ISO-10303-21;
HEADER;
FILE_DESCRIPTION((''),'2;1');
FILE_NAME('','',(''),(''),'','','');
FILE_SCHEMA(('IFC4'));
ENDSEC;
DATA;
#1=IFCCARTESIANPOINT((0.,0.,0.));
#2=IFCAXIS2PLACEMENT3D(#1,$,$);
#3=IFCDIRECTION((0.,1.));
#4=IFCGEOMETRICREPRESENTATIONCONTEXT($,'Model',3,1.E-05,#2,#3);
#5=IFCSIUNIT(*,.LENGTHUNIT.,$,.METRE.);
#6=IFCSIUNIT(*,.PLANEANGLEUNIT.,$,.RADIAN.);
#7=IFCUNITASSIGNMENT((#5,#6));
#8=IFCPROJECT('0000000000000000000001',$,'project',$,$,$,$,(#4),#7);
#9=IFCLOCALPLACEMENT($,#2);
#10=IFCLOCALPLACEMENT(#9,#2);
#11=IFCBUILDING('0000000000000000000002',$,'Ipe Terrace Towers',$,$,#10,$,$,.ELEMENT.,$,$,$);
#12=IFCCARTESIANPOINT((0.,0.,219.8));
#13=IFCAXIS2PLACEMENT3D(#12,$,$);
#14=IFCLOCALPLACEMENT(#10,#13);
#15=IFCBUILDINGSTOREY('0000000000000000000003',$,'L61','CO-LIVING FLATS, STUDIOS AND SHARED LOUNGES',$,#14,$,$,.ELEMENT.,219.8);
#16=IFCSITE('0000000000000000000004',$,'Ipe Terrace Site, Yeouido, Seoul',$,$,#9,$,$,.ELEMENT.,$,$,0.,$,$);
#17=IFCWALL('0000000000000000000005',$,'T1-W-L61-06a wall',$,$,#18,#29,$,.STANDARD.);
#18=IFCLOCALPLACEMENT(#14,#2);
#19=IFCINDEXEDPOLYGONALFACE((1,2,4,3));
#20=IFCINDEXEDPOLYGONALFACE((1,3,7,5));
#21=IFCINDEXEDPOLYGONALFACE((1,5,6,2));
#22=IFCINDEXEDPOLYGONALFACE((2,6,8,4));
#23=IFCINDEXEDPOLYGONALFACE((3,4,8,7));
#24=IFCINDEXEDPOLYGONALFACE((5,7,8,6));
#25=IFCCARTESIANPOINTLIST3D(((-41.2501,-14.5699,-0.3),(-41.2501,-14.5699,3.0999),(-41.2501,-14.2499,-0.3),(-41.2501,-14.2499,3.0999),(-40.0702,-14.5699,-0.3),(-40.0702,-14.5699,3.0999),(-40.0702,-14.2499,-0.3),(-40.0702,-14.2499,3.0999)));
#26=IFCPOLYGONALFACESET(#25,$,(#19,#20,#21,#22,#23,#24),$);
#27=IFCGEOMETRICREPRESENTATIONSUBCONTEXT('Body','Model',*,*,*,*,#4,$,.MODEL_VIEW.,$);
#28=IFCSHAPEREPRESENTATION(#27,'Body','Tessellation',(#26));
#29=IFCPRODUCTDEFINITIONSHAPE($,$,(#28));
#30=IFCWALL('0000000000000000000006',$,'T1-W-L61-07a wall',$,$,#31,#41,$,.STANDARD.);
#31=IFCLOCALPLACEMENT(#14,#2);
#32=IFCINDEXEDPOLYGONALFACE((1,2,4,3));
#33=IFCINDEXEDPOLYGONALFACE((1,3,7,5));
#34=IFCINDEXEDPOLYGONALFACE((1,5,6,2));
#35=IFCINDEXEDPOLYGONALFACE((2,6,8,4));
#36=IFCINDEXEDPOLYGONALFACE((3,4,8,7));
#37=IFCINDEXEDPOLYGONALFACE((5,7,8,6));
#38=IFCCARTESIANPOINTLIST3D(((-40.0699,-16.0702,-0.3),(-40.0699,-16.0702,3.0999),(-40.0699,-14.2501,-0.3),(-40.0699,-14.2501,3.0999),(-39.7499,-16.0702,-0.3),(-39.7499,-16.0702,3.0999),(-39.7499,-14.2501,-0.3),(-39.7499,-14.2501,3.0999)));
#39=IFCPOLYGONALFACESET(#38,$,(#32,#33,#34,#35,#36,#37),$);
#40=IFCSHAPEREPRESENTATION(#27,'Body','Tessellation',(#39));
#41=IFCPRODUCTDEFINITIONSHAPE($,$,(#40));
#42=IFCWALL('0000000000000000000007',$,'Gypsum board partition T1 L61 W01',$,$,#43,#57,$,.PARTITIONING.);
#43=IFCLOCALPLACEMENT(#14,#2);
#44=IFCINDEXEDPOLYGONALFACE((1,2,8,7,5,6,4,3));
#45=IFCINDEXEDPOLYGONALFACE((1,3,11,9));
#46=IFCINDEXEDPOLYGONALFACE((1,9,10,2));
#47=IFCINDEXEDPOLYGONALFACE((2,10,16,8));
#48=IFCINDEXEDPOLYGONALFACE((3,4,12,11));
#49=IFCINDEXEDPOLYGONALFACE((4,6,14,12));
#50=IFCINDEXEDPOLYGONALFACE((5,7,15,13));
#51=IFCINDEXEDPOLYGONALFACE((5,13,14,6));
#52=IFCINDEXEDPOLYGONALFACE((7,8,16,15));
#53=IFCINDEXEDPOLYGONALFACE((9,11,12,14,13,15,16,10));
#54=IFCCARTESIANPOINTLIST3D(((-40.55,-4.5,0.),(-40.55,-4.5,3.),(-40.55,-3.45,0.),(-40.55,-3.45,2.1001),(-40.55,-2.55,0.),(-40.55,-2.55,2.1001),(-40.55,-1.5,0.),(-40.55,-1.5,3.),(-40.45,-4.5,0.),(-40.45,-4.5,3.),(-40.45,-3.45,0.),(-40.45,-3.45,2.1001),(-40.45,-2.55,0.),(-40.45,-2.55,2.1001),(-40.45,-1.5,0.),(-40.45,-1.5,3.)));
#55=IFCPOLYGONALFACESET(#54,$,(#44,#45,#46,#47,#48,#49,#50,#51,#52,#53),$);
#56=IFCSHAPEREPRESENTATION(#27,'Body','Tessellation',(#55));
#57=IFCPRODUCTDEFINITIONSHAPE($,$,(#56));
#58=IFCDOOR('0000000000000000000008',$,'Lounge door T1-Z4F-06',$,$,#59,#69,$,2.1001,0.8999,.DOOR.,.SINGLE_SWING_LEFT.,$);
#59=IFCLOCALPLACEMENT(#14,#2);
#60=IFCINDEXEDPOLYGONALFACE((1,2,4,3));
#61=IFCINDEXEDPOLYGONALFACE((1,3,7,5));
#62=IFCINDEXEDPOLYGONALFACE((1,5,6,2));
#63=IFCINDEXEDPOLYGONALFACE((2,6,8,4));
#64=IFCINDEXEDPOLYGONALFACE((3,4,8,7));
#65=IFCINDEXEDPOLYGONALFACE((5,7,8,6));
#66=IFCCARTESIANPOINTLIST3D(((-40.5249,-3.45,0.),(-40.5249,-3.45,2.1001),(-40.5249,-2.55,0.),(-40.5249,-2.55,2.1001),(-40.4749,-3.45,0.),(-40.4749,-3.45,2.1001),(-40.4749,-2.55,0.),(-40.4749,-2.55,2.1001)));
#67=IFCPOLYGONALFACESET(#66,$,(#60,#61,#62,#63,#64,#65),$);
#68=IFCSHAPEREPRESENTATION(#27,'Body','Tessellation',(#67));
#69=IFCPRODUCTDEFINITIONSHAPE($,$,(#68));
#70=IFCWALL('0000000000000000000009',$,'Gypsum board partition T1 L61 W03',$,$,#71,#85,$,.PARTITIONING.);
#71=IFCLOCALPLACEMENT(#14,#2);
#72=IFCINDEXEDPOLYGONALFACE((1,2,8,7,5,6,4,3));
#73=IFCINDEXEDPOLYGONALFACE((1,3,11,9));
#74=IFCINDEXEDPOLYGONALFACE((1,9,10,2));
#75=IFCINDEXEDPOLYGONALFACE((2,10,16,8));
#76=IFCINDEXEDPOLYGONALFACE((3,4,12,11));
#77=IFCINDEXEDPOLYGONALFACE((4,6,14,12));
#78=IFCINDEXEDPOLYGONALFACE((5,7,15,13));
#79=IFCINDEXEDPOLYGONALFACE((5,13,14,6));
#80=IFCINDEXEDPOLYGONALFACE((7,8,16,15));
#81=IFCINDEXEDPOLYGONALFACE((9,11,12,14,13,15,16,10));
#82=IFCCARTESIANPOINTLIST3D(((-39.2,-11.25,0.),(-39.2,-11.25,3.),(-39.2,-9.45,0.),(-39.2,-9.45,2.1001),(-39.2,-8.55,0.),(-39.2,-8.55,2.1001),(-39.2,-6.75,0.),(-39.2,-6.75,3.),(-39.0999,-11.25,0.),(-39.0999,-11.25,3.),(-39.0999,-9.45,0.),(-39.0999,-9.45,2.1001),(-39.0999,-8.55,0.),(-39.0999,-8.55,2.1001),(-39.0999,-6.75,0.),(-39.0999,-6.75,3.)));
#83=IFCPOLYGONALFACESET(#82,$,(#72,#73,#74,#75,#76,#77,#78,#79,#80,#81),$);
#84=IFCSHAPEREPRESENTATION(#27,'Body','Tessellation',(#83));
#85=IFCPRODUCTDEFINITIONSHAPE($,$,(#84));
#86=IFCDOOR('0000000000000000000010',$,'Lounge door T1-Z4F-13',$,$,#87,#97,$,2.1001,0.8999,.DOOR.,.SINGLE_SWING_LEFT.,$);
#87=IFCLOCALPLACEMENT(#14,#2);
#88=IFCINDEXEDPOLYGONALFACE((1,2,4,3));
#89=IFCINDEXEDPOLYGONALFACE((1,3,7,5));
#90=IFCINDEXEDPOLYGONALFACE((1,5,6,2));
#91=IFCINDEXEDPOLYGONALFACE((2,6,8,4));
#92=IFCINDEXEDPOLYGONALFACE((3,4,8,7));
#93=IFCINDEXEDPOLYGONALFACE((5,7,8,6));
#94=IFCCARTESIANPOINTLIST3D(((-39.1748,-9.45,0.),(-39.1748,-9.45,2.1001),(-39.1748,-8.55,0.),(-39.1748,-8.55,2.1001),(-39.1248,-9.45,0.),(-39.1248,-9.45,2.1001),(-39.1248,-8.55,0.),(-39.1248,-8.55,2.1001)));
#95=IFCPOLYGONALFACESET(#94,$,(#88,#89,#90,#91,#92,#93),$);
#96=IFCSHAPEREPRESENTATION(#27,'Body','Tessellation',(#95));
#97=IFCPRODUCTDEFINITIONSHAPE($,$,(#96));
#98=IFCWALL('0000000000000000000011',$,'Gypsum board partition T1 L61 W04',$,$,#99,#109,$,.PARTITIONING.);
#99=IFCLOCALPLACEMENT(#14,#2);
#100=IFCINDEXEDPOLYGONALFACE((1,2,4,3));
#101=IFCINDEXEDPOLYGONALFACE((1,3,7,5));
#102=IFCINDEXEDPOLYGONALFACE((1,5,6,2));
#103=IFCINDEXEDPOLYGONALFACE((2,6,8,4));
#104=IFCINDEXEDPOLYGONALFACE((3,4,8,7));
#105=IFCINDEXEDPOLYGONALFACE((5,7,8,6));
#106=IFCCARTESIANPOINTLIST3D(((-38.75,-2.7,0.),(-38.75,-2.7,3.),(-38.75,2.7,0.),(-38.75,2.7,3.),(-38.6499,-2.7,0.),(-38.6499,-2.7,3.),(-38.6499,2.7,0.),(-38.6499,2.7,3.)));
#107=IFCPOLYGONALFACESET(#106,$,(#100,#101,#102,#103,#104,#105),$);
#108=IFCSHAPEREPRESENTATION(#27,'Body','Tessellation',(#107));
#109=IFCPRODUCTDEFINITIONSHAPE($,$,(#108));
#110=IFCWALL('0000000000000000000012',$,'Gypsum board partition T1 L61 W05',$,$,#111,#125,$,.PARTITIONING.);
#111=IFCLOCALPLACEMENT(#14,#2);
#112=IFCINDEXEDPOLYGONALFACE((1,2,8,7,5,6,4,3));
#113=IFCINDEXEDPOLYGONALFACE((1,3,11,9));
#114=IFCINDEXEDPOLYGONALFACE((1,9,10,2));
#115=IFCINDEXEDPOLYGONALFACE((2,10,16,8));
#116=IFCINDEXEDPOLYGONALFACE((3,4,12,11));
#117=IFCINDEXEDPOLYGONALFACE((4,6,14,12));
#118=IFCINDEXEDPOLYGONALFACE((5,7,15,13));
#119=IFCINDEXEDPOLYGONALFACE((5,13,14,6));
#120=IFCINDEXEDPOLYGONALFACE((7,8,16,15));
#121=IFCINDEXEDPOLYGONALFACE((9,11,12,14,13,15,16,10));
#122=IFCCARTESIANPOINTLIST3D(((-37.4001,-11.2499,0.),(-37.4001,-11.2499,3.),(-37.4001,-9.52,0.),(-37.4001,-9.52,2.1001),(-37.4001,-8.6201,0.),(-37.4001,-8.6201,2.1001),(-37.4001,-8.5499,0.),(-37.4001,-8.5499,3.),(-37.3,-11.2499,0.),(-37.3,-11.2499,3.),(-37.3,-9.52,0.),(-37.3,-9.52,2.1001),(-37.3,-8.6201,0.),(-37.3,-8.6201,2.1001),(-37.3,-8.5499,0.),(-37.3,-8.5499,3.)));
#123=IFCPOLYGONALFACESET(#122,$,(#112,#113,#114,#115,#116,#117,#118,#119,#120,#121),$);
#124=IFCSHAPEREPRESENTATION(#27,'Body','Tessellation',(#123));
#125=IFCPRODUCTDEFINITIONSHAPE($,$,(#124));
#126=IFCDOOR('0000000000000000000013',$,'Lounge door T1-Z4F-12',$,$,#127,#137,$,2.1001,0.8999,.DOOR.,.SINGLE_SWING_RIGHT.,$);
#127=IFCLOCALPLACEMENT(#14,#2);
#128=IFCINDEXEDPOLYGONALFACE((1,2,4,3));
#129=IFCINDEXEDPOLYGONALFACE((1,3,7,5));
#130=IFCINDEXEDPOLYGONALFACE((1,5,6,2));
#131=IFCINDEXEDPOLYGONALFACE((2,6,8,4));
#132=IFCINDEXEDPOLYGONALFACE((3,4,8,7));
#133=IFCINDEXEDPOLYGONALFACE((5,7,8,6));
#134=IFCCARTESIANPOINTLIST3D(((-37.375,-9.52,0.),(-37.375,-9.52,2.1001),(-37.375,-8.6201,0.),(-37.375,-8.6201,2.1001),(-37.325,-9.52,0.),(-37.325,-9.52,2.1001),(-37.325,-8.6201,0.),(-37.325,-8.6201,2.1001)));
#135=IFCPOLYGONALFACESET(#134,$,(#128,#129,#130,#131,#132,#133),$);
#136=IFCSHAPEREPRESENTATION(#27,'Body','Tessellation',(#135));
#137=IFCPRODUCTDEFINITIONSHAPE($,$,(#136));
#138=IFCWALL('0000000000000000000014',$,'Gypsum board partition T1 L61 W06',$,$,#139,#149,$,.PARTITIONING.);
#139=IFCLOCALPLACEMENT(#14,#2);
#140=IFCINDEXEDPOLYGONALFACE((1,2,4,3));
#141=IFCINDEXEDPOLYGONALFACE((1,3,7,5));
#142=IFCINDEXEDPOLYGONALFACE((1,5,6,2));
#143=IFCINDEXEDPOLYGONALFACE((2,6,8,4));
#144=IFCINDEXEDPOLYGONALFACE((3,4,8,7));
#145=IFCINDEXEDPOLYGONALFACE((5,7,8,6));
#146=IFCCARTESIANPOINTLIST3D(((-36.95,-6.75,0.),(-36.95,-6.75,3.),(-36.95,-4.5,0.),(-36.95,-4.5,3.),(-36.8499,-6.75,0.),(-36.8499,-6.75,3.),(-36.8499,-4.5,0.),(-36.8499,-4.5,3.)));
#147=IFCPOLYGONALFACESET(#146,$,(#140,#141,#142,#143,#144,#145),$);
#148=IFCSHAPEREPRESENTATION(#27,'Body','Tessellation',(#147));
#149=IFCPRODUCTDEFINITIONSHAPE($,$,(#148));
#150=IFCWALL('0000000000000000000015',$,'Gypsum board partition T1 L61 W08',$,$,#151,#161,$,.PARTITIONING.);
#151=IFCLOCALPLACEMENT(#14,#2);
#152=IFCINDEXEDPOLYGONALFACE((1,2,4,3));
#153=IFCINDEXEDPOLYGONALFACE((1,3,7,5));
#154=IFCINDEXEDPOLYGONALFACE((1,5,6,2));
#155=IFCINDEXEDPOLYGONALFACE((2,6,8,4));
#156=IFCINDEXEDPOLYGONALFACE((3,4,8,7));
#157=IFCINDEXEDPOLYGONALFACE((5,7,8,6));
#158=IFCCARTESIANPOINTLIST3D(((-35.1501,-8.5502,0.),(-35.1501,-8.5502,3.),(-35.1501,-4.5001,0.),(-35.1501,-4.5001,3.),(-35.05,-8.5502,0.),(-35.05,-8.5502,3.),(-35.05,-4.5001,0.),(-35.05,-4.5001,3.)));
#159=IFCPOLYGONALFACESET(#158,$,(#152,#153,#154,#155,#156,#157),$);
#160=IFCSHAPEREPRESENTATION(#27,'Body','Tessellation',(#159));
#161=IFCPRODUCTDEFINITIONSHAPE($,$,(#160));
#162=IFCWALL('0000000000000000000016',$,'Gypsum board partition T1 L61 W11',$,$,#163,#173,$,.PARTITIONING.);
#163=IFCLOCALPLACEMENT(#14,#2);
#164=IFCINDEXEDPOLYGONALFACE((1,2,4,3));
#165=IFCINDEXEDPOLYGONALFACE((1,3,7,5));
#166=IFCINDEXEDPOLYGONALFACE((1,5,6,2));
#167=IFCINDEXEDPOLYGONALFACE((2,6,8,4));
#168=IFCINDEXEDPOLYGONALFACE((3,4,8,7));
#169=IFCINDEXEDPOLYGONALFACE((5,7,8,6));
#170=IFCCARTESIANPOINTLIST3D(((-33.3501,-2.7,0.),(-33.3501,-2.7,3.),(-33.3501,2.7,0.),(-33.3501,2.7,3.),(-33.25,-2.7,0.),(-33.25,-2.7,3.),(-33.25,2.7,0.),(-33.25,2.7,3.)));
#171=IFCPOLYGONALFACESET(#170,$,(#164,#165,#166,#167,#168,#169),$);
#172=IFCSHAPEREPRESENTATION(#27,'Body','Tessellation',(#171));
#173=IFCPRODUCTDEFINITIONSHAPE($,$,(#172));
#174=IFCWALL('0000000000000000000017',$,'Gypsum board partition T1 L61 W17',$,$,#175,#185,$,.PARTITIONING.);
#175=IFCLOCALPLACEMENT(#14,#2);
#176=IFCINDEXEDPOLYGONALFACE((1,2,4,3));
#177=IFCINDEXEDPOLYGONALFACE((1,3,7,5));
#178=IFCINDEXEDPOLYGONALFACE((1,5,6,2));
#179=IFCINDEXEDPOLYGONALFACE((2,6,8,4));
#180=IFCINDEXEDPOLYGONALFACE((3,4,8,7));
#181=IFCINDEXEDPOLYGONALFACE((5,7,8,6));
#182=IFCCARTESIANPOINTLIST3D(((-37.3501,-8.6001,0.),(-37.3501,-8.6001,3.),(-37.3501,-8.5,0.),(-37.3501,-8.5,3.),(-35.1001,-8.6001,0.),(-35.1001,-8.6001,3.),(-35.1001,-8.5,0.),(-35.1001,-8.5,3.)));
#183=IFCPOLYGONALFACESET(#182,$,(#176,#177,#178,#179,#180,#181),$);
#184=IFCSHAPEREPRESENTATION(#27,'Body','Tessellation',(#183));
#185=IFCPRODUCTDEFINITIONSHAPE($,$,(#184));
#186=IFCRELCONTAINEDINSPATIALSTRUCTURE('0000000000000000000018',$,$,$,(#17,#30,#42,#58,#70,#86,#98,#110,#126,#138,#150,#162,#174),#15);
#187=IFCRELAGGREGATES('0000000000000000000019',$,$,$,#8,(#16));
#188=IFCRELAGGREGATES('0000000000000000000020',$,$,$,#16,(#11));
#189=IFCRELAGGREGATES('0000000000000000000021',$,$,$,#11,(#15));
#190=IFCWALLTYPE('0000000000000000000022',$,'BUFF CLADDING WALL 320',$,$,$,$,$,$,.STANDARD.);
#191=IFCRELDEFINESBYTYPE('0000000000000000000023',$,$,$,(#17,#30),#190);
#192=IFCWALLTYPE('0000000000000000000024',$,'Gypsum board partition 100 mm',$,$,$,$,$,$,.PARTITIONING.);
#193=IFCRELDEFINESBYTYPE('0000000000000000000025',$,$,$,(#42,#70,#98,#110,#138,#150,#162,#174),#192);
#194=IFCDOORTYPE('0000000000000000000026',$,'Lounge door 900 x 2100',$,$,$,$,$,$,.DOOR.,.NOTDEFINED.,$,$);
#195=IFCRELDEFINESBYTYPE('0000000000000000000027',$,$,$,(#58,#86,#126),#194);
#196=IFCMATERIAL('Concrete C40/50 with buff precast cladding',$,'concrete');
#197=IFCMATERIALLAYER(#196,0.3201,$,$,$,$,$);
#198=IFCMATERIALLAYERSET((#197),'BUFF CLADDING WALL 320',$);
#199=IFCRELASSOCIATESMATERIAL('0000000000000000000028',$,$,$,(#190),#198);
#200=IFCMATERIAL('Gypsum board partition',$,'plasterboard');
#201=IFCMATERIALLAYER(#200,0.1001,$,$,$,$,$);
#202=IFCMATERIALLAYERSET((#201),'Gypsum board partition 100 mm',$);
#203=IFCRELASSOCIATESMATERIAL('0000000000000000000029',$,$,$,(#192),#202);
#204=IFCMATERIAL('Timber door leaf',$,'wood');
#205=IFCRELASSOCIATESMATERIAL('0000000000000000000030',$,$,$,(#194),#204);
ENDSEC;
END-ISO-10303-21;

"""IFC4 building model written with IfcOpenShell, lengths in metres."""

from ifc_helpers import new_model, si_unit, direction, frame, frame_2d, origin, place, context, subcontext, project, spatial, rectangle, extrude, material, layer, layer_set, type_object, element, fill, save


model = new_model("IFC4")

# Units and contexts
model_context = context("Model", 3, precision=1e-05, world=origin(), true_north=direction((0.0, 1.0)))
body_context = subcontext(model_context, "Body", "Model", "MODEL_VIEW")
ifc_project = project(units=[si_unit("LENGTHUNIT", "METRE"), si_unit("PLANEANGLEUNIT", "RADIAN")], contexts=[model_context])

# Site, building, storey
site_placement = place(None, origin())
site = spatial("IfcSite", under=ifc_project, at=site_placement, Name="Ipe Terrace Site, Yeouido, Seoul", CompositionType="ELEMENT", RefElevation=0.0)
building_placement = place(site_placement, origin())
building = spatial("IfcBuilding", under=site, at=building_placement, Name="Ipe Terrace Towers", CompositionType="ELEMENT")
storey_placement = place(building_placement, frame((0.0, 0.0, 219.8)))
storey = spatial("IfcBuildingStorey", under=building, at=storey_placement, Name="L61", Description="CO-LIVING FLATS, STUDIOS AND SHARED LOUNGES", CompositionType="ELEMENT", Elevation=219.8)

# Walls
ifc_material_1 = material(Name="Concrete C40/50 with buff precast cladding", Category="concrete")
ifc_layer_1 = layer(ifc_material_1, 0.3201)
ifc_layer_set_1 = layer_set([ifc_layer_1], Name="BUFF CLADDING WALL 320")
wall_type_1 = type_object("IfcWallType", Name="BUFF CLADDING WALL 320", PredefinedType="STANDARD", material=ifc_layer_set_1)
wall_1_placement = place(storey_placement, frame((-41.25, -14.4099, -0.3), z_axis=(0.0, 0.0, 1.0), x_axis=(1.0, 0.0, 0.0)))
element("IfcWall", 1, at=wall_1_placement, inside=storey, type_object=wall_type_1, Name="T1-W-L61-06a wall", PredefinedType="STANDARD", context=body_context, shape_type="SweptSolid", body=[
    extrude(rectangle(XDim=1.1799, YDim=0.3201, at=frame_2d((0.5898, 0.0))), origin(), (0.0, 0.0, 1.0), 3.3999),
])
wall_2_placement = place(storey_placement, frame((-39.9099, -14.25, -0.3), z_axis=(0.0, 0.0, 1.0), x_axis=(0.0, -1.0, 0.0)))
element("IfcWall", 2, at=wall_2_placement, inside=storey, type_object=wall_type_1, Name="T1-W-L61-07a wall", PredefinedType="STANDARD", context=body_context, shape_type="SweptSolid", body=[
    extrude(rectangle(XDim=1.8201, YDim=0.3201, at=frame_2d((0.9102, 0.0))), origin(), (0.0, 0.0, 1.0), 3.3999),
])

# Walls, openings, doors
ifc_material_2 = material(Name="Gypsum board partition", Category="plasterboard")
ifc_layer_2 = layer(ifc_material_2, 0.1001)
ifc_layer_set_2 = layer_set([ifc_layer_2], Name="Gypsum board partition 100 mm")
wall_type_2 = type_object("IfcWallType", Name="Gypsum board partition 100 mm", PredefinedType="PARTITIONING", material=ifc_layer_set_2)
wall_3_placement = place(storey_placement, frame((-40.5, -4.5, 0.0), z_axis=(0.0, 0.0, 1.0), x_axis=(0.0, 1.0, 0.0)))
wall_3 = element("IfcWall", 3, at=wall_3_placement, inside=storey, type_object=wall_type_2, Name="Gypsum board partition T1 L61 W01", PredefinedType="PARTITIONING", context=body_context, shape_type="SweptSolid", body=[
    extrude(rectangle(XDim=3.0, YDim=0.1001, at=frame_2d((1.5, 0.0))), origin(), (0.0, 0.0, 1.0), 3.0),
])
opening_1_placement = place(wall_3_placement, frame((1.05, 0.0, 0.0)))
opening_1 = element("IfcOpeningElement", 4, at=opening_1_placement, cuts=wall_3, PredefinedType="OPENING", context=body_context, shape_type="SweptSolid", body=[
    extrude(rectangle(XDim=0.8999, YDim=2.1001, at=frame_2d((0.45, 1.05))), frame((0.0, 0.0601, 0.0), z_axis=(0.0, -1.0, 0.0), x_axis=(1.0, 0.0, 0.0)), (0.0, 0.0, 1.0), 0.1201),
])
ifc_material_3 = material(Name="Timber door leaf", Category="wood")
door_type = type_object("IfcDoorType", Name="Lounge door 900 x 2100", OperationType="NOTDEFINED", PredefinedType="DOOR", material=ifc_material_3)
door_1_placement = place(opening_1_placement, origin())
door_1 = element("IfcDoor", 5, at=door_1_placement, inside=storey, type_object=door_type, Name="Lounge door T1-Z4F-06", OperationType="SINGLE_SWING_LEFT", OverallHeight=2.1001, OverallWidth=0.8999, PredefinedType="DOOR", context=body_context, shape_type="SweptSolid", body=[
    extrude(rectangle(XDim=0.8999, YDim=2.1001, at=frame_2d((0.45, 1.05))), frame((0.0, 0.0249, 0.0), z_axis=(0.0, -1.0, 0.0), x_axis=(1.0, 0.0, 0.0)), (0.0, 0.0, 1.0), 0.05),
])
fill(opening_1, door_1)
wall_4_placement = place(storey_placement, frame((-39.1499, -11.25, 0.0), z_axis=(0.0, 0.0, 1.0), x_axis=(0.0, 1.0, 0.0)))
wall_4 = element("IfcWall", 6, at=wall_4_placement, inside=storey, type_object=wall_type_2, Name="Gypsum board partition T1 L61 W03", PredefinedType="PARTITIONING", context=body_context, shape_type="SweptSolid", body=[
    extrude(rectangle(XDim=4.5, YDim=0.1001, at=frame_2d((2.25, 0.0))), origin(), (0.0, 0.0, 1.0), 3.0),
])
opening_2_placement = place(wall_4_placement, frame((1.8, 0.0, 0.0)))
opening_2 = element("IfcOpeningElement", 7, at=opening_2_placement, cuts=wall_4, PredefinedType="OPENING", context=body_context, shape_type="SweptSolid", body=[
    extrude(rectangle(XDim=0.8999, YDim=2.1001, at=frame_2d((0.45, 1.05))), frame((0.0, 0.0601, 0.0), z_axis=(0.0, -1.0, 0.0), x_axis=(1.0, 0.0, 0.0)), (0.0, 0.0, 1.0), 0.1201),
])
door_2_placement = place(opening_2_placement, origin())
door_2 = element("IfcDoor", 8, at=door_2_placement, inside=storey, type_object=door_type, Name="Lounge door T1-Z4F-13", OperationType="SINGLE_SWING_LEFT", OverallHeight=2.1001, OverallWidth=0.8999, PredefinedType="DOOR", context=body_context, shape_type="SweptSolid", body=[
    extrude(rectangle(XDim=0.8999, YDim=2.1001, at=frame_2d((0.45, 1.05))), frame((0.0, 0.0249, 0.0), z_axis=(0.0, -1.0, 0.0), x_axis=(1.0, 0.0, 0.0)), (0.0, 0.0, 1.0), 0.05),
])
fill(opening_2, door_2)

# Wall
wall_5_placement = place(storey_placement, frame((-38.7, -2.7, 0.0), z_axis=(0.0, 0.0, 1.0), x_axis=(0.0, 1.0, 0.0)))
element("IfcWall", 9, at=wall_5_placement, inside=storey, type_object=wall_type_2, Name="Gypsum board partition T1 L61 W04", PredefinedType="PARTITIONING", context=body_context, shape_type="SweptSolid", body=[
    extrude(rectangle(XDim=5.3999, YDim=0.1001, at=frame_2d((2.7, 0.0))), origin(), (0.0, 0.0, 1.0), 3.0),
])

# Wall, opening, door
wall_6_placement = place(storey_placement, frame((-37.3501, -11.25, 0.0), z_axis=(0.0, 0.0, 1.0), x_axis=(0.0, 1.0, 0.0)))
wall_6 = element("IfcWall", 10, at=wall_6_placement, inside=storey, type_object=wall_type_2, Name="Gypsum board partition T1 L61 W05", PredefinedType="PARTITIONING", context=body_context, shape_type="SweptSolid", body=[
    extrude(rectangle(XDim=2.7, YDim=0.1001, at=frame_2d((1.3501, 0.0))), origin(), (0.0, 0.0, 1.0), 3.0),
])
opening_3_placement = place(wall_6_placement, frame((1.73, 0.0, 0.0)))
opening_3 = element("IfcOpeningElement", 11, at=opening_3_placement, cuts=wall_6, PredefinedType="OPENING", context=body_context, shape_type="SweptSolid", body=[
    extrude(rectangle(XDim=0.8999, YDim=2.1001, at=frame_2d((0.45, 1.05))), frame((0.0, 0.0601, 0.0), z_axis=(0.0, -1.0, 0.0), x_axis=(1.0, 0.0, 0.0)), (0.0, 0.0, 1.0), 0.1201),
])
door_3_placement = place(opening_3_placement, origin())
door_3 = element("IfcDoor", 12, at=door_3_placement, inside=storey, type_object=door_type, Name="Lounge door T1-Z4F-12", OperationType="SINGLE_SWING_RIGHT", OverallHeight=2.1001, OverallWidth=0.8999, PredefinedType="DOOR", context=body_context, shape_type="SweptSolid", body=[
    extrude(rectangle(XDim=0.8999, YDim=2.1001, at=frame_2d((0.45, 1.05))), frame((0.0, 0.0249, 0.0), z_axis=(0.0, -1.0, 0.0), x_axis=(1.0, 0.0, 0.0)), (0.0, 0.0, 1.0), 0.05),
])
fill(opening_3, door_3)

# Walls
wall_7_placement = place(storey_placement, frame((-36.8999, -6.75, 0.0), z_axis=(0.0, 0.0, 1.0), x_axis=(0.0, 1.0, 0.0)))
element("IfcWall", 13, at=wall_7_placement, inside=storey, type_object=wall_type_2, Name="Gypsum board partition T1 L61 W06", PredefinedType="PARTITIONING", context=body_context, shape_type="SweptSolid", body=[
    extrude(rectangle(XDim=2.25, YDim=0.1001, at=frame_2d((1.125, 0.0))), origin(), (0.0, 0.0, 1.0), 3.0),
])
wall_8_placement = place(storey_placement, frame((-35.1001, -8.55, 0.0), z_axis=(0.0, 0.0, 1.0), x_axis=(0.0, 1.0, 0.0)))
element("IfcWall", 14, at=wall_8_placement, inside=storey, type_object=wall_type_2, Name="Gypsum board partition T1 L61 W08", PredefinedType="PARTITIONING", context=body_context, shape_type="SweptSolid", body=[
    extrude(rectangle(XDim=4.05, YDim=0.1001, at=frame_2d((2.0249, 0.0))), origin(), (0.0, 0.0, 1.0), 3.0),
])
wall_9_placement = place(storey_placement, frame((-33.3, -2.7, 0.0), z_axis=(0.0, 0.0, 1.0), x_axis=(0.0, 1.0, 0.0)))
element("IfcWall", 15, at=wall_9_placement, inside=storey, type_object=wall_type_2, Name="Gypsum board partition T1 L61 W11", PredefinedType="PARTITIONING", context=body_context, shape_type="SweptSolid", body=[
    extrude(rectangle(XDim=5.3999, YDim=0.1001, at=frame_2d((2.7, 0.0))), origin(), (0.0, 0.0, 1.0), 3.0),
])
wall_10_placement = place(storey_placement, frame((-37.3501, -8.55, 0.0), z_axis=(0.0, 0.0, 1.0), x_axis=(1.0, 0.0, 0.0)))
element("IfcWall", 16, at=wall_10_placement, inside=storey, type_object=wall_type_2, Name="Gypsum board partition T1 L61 W17", PredefinedType="PARTITIONING", context=body_context, shape_type="SweptSolid", body=[
    extrude(rectangle(XDim=2.25, YDim=0.1001, at=frame_2d((1.125, 0.0))), origin(), (0.0, 0.0, 1.0), 3.0),
])

save(model, "model.ifc")
